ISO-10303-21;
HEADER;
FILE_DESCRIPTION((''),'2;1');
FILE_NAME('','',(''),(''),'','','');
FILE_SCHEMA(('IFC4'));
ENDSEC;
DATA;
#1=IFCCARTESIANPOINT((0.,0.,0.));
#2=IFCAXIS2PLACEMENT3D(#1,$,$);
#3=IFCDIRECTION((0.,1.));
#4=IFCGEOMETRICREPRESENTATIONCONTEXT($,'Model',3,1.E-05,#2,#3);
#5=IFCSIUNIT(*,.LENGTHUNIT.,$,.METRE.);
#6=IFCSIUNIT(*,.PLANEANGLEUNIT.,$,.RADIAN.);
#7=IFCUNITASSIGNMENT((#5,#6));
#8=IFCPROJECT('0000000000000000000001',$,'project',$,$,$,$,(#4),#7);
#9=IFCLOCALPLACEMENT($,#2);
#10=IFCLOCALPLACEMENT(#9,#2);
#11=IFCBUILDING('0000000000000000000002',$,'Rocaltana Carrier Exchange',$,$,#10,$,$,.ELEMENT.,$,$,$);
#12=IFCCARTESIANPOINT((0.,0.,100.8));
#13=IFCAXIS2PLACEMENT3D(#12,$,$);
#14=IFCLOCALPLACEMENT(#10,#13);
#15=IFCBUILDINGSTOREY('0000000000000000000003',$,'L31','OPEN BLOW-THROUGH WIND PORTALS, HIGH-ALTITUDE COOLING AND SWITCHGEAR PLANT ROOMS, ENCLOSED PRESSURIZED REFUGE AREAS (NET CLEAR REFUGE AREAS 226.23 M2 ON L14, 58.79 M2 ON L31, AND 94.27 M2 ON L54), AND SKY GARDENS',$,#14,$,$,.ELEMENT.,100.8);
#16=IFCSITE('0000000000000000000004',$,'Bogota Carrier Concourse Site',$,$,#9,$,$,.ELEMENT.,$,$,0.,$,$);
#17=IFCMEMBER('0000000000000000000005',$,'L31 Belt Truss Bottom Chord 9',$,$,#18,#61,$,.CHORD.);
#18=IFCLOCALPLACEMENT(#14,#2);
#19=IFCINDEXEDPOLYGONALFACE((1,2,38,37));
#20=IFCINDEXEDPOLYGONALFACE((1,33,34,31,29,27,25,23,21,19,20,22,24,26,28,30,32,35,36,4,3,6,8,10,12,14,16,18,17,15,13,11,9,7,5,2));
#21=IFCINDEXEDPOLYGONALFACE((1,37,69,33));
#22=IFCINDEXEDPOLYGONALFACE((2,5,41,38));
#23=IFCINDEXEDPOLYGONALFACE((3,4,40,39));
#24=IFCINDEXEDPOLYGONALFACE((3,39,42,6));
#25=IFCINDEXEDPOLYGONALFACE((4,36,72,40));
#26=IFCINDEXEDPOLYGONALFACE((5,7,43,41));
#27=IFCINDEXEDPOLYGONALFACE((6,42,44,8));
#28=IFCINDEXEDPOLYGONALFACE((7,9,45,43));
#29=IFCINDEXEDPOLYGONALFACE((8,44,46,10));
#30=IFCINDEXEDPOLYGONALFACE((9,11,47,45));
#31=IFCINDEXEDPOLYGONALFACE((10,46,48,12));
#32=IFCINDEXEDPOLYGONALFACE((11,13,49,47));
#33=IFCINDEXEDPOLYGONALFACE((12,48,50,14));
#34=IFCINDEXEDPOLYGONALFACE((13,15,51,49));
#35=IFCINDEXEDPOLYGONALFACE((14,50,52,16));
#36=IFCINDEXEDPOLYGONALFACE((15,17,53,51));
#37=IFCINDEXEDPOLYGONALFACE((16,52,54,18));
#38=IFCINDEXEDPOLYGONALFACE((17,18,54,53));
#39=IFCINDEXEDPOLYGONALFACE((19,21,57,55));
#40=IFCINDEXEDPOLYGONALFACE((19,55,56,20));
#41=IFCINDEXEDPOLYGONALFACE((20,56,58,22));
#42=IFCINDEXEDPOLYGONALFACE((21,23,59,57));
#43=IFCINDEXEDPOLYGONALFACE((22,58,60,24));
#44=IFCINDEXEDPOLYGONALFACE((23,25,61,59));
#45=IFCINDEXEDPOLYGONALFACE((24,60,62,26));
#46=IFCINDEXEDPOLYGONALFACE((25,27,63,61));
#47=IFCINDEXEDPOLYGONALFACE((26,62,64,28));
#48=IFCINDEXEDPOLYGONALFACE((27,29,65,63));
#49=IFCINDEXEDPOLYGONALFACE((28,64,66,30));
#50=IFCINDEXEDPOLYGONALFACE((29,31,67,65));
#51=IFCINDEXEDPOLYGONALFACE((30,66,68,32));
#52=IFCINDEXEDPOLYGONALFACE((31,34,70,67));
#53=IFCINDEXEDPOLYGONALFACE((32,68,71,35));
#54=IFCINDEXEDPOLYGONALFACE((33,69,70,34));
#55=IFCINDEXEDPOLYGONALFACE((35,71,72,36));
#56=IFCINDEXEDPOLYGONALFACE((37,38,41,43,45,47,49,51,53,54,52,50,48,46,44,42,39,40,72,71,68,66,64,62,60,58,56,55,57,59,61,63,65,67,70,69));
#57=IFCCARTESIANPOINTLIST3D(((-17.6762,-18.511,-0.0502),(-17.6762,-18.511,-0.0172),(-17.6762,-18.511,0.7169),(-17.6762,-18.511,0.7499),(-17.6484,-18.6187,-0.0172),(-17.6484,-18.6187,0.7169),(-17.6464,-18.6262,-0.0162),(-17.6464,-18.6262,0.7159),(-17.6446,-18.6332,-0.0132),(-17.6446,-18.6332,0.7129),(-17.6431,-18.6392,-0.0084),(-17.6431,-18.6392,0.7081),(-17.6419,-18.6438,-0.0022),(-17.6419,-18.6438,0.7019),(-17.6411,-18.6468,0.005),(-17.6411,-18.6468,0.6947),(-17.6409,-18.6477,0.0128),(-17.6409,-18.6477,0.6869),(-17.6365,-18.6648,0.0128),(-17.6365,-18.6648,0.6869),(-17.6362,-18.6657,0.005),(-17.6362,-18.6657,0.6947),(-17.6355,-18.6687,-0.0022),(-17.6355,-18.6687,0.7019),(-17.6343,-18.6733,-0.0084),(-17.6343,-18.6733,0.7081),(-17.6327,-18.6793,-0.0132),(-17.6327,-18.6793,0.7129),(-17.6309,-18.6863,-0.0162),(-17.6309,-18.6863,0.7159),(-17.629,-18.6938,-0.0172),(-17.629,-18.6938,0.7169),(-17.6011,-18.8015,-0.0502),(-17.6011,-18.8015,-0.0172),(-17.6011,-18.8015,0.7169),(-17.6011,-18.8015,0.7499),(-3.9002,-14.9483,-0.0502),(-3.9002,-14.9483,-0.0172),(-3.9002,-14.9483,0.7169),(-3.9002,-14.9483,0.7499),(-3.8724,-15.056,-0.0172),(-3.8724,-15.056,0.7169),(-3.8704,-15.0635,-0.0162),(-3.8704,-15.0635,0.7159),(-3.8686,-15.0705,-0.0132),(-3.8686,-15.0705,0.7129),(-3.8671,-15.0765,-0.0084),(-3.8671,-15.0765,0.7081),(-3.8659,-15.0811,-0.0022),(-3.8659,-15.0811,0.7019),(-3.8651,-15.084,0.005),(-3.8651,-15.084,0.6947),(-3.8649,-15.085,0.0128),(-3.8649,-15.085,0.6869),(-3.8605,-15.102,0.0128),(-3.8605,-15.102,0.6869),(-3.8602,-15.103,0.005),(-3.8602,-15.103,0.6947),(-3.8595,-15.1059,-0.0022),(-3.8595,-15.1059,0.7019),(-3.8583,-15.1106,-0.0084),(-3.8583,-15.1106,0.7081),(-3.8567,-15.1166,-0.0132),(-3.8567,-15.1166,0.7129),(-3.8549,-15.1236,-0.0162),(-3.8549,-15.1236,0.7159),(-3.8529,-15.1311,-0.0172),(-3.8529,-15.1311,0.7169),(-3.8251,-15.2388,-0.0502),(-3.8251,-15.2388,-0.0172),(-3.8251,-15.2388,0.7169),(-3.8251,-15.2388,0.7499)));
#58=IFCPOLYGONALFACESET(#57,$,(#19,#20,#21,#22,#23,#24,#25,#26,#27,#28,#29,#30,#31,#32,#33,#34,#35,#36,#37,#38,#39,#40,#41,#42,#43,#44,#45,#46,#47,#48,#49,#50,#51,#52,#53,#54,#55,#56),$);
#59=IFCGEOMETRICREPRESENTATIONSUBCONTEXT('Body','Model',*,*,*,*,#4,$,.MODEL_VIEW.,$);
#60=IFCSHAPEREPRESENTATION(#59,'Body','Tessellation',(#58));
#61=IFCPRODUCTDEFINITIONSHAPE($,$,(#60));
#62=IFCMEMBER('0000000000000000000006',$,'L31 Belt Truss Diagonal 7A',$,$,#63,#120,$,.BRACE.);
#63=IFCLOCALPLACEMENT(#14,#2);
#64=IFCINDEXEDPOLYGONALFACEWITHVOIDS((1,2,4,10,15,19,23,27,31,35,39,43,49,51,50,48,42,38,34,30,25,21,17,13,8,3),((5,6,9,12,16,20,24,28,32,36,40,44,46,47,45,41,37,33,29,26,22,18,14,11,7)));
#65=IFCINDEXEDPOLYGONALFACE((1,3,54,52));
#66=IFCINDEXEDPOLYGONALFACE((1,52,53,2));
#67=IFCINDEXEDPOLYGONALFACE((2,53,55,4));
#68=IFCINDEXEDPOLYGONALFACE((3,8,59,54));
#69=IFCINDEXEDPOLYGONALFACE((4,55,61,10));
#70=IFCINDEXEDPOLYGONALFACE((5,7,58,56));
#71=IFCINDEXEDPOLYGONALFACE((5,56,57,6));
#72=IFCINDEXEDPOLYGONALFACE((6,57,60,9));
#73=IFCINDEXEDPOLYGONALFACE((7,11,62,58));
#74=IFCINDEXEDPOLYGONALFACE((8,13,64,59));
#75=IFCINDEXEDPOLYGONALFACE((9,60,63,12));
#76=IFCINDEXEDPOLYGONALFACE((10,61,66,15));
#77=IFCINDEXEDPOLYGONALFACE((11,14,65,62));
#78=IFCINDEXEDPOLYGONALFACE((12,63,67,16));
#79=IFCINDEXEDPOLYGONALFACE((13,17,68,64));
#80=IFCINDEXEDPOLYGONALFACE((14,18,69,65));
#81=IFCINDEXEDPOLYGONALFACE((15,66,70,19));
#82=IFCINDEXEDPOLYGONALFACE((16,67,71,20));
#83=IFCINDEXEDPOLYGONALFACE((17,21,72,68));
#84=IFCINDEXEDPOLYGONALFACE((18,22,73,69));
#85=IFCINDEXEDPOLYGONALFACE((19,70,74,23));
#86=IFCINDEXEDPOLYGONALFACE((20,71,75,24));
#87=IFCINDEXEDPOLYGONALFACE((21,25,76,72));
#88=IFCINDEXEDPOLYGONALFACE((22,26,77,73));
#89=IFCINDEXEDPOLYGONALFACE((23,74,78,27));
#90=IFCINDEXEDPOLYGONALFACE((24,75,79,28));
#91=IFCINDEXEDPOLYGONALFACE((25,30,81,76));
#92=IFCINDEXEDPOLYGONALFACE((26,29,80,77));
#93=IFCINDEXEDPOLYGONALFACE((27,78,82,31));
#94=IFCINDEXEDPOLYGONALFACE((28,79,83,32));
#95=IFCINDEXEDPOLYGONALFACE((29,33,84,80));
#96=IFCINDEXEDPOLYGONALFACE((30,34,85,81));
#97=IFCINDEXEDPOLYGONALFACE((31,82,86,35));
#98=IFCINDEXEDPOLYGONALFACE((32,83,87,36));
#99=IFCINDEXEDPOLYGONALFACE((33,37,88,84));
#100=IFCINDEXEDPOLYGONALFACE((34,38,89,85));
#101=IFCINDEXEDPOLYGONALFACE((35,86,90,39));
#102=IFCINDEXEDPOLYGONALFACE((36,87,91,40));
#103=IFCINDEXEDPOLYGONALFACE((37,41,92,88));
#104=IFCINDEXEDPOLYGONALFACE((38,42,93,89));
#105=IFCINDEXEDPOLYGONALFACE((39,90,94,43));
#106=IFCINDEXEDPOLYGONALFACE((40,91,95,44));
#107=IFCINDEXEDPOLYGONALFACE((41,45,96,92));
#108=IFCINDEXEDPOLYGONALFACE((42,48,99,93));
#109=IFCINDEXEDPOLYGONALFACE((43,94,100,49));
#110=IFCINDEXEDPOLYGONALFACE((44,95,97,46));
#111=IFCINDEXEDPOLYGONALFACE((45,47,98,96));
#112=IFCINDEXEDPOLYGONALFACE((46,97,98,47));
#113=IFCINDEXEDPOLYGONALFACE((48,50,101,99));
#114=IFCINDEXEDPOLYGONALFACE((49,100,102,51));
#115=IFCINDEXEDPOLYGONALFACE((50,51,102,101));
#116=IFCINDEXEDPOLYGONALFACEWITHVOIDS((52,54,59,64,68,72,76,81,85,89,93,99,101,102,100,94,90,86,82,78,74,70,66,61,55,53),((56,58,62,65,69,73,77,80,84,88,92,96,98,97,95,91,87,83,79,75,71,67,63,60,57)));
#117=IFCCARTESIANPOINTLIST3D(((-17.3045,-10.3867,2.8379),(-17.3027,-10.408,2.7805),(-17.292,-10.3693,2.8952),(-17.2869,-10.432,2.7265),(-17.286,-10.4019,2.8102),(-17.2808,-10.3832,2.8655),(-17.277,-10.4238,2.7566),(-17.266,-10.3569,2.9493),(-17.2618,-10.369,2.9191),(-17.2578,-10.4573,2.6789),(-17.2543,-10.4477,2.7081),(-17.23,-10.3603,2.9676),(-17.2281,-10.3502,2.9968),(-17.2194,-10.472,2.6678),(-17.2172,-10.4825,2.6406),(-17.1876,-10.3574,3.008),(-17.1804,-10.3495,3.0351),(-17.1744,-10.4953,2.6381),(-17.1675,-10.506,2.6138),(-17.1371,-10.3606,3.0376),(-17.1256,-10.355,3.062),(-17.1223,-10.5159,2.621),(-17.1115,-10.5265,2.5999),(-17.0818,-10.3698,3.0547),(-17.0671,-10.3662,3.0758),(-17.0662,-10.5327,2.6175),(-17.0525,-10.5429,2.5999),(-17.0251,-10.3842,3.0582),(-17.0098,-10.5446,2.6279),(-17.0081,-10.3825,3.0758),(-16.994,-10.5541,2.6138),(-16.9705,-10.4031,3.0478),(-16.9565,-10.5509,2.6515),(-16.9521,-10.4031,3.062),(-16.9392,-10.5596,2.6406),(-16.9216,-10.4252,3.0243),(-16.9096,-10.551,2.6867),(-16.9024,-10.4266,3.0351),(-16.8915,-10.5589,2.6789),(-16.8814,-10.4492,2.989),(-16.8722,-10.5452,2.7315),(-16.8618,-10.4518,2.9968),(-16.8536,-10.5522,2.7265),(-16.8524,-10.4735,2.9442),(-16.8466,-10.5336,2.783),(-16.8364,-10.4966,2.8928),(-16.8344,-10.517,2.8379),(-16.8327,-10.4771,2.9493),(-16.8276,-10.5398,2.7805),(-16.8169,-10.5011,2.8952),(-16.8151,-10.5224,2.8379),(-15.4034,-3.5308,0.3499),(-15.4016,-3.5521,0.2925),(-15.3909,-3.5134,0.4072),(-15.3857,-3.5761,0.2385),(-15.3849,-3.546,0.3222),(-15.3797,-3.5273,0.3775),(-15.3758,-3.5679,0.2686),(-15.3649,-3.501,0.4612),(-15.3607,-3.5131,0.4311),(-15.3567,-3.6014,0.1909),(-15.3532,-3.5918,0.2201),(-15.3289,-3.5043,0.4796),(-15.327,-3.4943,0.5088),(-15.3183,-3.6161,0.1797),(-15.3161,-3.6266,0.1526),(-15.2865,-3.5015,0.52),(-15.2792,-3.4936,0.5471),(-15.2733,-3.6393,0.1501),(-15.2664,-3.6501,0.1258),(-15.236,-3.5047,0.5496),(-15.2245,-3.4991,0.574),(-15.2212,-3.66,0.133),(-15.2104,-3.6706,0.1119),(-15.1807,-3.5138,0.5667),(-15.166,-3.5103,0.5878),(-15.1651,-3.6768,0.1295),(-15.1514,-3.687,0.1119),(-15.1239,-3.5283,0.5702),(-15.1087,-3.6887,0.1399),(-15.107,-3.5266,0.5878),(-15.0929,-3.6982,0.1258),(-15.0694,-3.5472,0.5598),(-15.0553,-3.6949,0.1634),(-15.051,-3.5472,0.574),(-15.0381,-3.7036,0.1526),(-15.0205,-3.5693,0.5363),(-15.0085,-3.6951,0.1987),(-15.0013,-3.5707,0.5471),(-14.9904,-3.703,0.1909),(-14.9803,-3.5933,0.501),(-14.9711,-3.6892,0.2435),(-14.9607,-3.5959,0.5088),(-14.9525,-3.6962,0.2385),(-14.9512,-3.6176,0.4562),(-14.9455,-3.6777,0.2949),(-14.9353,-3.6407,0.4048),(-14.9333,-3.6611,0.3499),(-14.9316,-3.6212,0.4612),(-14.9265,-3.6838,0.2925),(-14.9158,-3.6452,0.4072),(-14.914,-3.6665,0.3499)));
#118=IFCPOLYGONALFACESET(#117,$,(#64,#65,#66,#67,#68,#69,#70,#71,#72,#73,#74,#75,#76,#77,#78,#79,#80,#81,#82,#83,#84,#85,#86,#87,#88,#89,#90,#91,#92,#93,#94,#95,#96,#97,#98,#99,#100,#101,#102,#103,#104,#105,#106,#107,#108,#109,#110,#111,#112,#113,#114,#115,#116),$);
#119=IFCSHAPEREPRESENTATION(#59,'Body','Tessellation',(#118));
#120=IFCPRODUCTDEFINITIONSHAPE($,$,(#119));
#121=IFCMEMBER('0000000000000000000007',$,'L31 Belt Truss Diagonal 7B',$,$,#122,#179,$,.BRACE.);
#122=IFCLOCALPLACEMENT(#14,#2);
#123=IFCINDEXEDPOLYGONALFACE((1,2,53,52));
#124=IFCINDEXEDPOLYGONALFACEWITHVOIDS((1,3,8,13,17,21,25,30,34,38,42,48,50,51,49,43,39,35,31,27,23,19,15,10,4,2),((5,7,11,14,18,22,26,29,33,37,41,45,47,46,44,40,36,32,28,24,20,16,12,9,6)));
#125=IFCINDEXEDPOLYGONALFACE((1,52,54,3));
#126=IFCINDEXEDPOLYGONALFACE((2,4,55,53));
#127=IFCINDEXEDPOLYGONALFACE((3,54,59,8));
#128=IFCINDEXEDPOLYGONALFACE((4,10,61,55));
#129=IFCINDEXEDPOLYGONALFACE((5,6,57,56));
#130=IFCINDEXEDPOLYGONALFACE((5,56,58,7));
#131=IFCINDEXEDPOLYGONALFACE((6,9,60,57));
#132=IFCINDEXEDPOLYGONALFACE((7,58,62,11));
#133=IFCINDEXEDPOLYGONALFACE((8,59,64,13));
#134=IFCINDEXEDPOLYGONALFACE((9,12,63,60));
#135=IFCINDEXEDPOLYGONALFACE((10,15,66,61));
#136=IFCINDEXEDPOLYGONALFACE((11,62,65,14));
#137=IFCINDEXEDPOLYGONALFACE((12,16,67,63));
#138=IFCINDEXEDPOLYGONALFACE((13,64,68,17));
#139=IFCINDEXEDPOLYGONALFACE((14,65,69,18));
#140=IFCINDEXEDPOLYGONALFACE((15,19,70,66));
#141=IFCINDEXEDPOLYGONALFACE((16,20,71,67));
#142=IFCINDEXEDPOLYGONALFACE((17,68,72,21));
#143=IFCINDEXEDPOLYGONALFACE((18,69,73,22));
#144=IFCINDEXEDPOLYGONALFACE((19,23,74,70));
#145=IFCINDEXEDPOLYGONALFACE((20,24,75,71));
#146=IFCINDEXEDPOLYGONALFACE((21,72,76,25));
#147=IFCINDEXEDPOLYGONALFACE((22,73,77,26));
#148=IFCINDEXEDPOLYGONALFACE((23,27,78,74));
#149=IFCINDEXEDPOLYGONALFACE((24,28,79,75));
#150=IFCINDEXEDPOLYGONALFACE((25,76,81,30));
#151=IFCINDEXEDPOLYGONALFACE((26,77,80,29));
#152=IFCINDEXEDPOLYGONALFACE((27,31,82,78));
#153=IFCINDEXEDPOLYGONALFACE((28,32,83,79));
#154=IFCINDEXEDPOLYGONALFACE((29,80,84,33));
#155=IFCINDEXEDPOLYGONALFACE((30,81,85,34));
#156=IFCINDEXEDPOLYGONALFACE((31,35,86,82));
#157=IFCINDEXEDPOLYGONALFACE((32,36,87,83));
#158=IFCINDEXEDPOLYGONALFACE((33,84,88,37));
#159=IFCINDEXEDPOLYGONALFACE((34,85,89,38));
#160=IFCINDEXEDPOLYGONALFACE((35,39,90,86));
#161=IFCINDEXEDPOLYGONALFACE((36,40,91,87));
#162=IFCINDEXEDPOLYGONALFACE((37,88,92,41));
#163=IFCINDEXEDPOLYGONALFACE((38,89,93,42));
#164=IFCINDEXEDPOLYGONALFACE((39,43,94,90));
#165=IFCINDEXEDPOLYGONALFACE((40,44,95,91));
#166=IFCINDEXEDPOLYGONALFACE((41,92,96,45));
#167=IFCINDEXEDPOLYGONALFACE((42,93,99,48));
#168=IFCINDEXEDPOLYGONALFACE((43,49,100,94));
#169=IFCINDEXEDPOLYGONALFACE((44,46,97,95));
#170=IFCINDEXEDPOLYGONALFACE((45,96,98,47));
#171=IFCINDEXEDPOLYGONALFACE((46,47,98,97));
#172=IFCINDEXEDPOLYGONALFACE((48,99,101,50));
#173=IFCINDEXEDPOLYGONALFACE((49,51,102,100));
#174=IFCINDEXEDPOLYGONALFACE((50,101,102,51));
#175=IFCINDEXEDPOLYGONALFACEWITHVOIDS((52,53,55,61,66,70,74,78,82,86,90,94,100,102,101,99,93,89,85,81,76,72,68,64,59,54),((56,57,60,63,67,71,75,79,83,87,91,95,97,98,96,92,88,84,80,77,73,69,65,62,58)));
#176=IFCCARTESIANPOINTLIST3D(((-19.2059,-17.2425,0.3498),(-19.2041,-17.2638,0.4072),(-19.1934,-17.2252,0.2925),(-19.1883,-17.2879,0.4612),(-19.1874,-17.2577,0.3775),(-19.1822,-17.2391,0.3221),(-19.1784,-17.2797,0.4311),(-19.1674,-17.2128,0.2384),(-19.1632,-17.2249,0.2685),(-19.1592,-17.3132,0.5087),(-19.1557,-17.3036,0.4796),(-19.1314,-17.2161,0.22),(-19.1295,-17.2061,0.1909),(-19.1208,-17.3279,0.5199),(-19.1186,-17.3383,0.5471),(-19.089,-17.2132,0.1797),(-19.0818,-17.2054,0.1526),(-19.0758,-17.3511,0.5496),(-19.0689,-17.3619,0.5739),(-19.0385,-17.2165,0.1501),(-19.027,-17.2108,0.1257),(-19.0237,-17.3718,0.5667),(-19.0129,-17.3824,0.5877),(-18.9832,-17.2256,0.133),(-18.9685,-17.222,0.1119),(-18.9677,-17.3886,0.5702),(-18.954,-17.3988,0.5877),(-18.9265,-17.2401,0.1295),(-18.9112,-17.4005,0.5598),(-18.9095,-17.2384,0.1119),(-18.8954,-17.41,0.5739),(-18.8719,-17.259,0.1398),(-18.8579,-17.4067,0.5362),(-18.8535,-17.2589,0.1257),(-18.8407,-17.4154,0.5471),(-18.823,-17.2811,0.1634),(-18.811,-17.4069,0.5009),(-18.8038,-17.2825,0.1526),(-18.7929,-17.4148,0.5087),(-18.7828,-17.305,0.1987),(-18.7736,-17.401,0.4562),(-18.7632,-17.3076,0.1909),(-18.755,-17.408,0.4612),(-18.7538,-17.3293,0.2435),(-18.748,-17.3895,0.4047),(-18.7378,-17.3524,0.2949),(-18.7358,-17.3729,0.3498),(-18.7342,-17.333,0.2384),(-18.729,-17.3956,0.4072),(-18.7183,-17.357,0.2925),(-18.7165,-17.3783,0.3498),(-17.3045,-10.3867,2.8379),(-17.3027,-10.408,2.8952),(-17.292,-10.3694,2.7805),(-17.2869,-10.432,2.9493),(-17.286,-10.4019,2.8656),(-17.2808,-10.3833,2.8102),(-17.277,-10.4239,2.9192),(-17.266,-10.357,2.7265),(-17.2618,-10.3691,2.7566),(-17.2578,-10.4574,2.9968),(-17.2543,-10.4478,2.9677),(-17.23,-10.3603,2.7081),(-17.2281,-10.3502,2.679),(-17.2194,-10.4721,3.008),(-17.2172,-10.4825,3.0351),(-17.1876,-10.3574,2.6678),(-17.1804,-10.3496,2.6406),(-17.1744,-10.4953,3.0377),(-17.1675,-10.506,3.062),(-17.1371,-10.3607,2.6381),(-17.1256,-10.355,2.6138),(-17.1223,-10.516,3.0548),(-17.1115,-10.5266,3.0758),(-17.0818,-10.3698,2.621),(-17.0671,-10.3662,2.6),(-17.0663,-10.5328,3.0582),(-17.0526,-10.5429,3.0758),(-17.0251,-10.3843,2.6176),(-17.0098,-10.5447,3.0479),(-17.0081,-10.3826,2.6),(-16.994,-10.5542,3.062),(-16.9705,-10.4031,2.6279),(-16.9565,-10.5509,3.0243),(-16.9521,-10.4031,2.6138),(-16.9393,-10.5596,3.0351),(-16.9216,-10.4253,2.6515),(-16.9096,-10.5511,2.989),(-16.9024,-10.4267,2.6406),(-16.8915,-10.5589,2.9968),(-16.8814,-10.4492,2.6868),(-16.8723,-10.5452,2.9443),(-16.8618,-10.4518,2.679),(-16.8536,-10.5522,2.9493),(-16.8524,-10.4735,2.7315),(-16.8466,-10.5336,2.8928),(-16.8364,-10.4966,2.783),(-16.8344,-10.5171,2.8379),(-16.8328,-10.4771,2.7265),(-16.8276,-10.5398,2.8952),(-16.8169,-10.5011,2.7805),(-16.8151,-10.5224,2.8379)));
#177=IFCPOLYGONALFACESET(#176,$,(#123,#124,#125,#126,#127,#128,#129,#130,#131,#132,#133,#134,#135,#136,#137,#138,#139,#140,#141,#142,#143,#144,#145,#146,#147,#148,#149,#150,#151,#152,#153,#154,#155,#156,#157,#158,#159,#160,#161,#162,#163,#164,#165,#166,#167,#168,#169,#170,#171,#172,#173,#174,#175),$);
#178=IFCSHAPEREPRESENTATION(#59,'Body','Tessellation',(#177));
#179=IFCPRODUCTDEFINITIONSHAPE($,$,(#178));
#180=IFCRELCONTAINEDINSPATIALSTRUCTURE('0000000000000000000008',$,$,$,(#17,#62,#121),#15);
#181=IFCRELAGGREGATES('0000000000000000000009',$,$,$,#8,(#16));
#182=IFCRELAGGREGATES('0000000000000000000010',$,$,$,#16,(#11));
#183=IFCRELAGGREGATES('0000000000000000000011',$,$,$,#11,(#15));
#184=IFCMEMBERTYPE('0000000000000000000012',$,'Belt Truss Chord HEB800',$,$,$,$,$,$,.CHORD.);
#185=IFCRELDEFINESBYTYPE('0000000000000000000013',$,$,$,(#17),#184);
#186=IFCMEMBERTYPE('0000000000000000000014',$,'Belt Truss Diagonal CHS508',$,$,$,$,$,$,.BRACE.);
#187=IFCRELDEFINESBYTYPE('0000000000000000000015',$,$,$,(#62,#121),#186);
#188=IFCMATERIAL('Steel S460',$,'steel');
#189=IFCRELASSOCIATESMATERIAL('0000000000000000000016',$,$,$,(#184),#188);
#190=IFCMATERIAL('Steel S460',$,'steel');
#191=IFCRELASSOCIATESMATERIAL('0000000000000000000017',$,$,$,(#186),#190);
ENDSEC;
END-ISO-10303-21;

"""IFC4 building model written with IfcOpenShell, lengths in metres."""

from ifc_helpers import new_model, si_unit, direction, frame, origin, origin_2d, place, context, subcontext, project, spatial, hollow_circle, i_section, extrude, material, material_profile, profile_set, type_object, element, save


model = new_model("IFC4")

# Units and contexts
model_context = context("Model", 3, precision=1e-05, world=origin(), true_north=direction((0.0, 1.0)))
body_context = subcontext(model_context, "Body", "Model", "MODEL_VIEW")
ifc_project = project(units=[si_unit("LENGTHUNIT", "METRE"), si_unit("PLANEANGLEUNIT", "RADIAN")], contexts=[model_context])

# Site, building, storey
site_placement = place(None, origin())
site = spatial("IfcSite", under=ifc_project, at=site_placement, Name="Bogota Carrier Concourse Site", CompositionType="ELEMENT", RefElevation=0.0)
building_placement = place(site_placement, origin())
building = spatial("IfcBuilding", under=site, at=building_placement, Name="Rocaltana Carrier Exchange", CompositionType="ELEMENT")
storey_placement = place(building_placement, frame((0.0, 0.0, 100.8)))
storey = spatial("IfcBuildingStorey", under=building, at=storey_placement, Name="L31", Description="OPEN BLOW-THROUGH WIND PORTALS, HIGH-ALTITUDE COOLING AND SWITCHGEAR PLANT ROOMS, ENCLOSED PRESSURIZED REFUGE AREAS (NET CLEAR REFUGE AREAS 226.23 M2 ON L14, 58.79 M2 ON L31, AND 94.27 M2 ON L54), AND SKY GARDENS", CompositionType="ELEMENT", Elevation=100.8)

# Members
ifc_material_1 = material(Name="Steel S460", Category="steel")
ifc_material_profile_1 = material_profile(ifc_material_1, i_section(OverallWidth=0.3, OverallDepth=0.8, WebThickness=0.0176, FlangeThickness=0.033, FilletRadius=0.03, at=origin_2d()), Name="HEB800")
ifc_profile_set_1 = profile_set([ifc_material_profile_1], Name="Steel S460")
member_type_1 = type_object("IfcMemberType", Name="Belt Truss Chord HEB800", PredefinedType="CHORD", material=ifc_profile_set_1)
member_1_placement = place(storey_placement, frame((-17.6387, -18.6562, 0.3499), z_axis=(0.968148, 0.25038, 0.0), x_axis=(-0.25038, 0.968148, 0.0)))
element("IfcMember", 1, at=member_1_placement, inside=storey, type_object=member_type_1, Name="L31 Belt Truss Bottom Chord 9", PredefinedType="CHORD", context=body_context, shape_type="SweptSolid", body=[
    extrude(i_section(OverallWidth=0.3, OverallDepth=0.8, WebThickness=0.0176, FlangeThickness=0.033, FilletRadius=0.03, at=origin_2d()), origin(), (0.0, 0.0, 1.0), 14.2292),
])
ifc_material_2 = material(Name="Steel S460", Category="steel")
ifc_material_profile_2 = material_profile(ifc_material_2, hollow_circle(Radius=0.2539, WallThickness=0.02, at=origin_2d()), Name="CHS508X20")
ifc_profile_set_2 = profile_set([ifc_material_profile_2], Name="Steel S460")
member_type_2 = type_object("IfcMemberType", Name="Belt Truss Diagonal CHS508", PredefinedType="BRACE", material=ifc_profile_set_2)
for number, where, z_axis, x_axis, name in (
    (2, (-15.1587, -3.5986, 0.3499), (-0.252233, -0.909621, 0.330103), (0.963638, -0.267212, 0.0), "L31 Belt Truss Diagonal 7A"),
    (3, (-17.0598, -10.4546, 2.8379), (-0.252271, -0.909608, -0.33011), (0.963626, -0.267253, 0.0), "L31 Belt Truss Diagonal 7B"),
):
    element("IfcMember", number, at=place(storey_placement, frame(where, z_axis=z_axis, x_axis=x_axis)), inside=storey, type_object=member_type_2, Name=name, PredefinedType="BRACE", context=body_context, shape_type="SweptSolid", body=[
        extrude(hollow_circle(Radius=0.2539, WallThickness=0.02, at=origin_2d()), origin(), (0.0, 0.0, 1.0), 7.5371),
    ])

save(model, "model.ifc")
